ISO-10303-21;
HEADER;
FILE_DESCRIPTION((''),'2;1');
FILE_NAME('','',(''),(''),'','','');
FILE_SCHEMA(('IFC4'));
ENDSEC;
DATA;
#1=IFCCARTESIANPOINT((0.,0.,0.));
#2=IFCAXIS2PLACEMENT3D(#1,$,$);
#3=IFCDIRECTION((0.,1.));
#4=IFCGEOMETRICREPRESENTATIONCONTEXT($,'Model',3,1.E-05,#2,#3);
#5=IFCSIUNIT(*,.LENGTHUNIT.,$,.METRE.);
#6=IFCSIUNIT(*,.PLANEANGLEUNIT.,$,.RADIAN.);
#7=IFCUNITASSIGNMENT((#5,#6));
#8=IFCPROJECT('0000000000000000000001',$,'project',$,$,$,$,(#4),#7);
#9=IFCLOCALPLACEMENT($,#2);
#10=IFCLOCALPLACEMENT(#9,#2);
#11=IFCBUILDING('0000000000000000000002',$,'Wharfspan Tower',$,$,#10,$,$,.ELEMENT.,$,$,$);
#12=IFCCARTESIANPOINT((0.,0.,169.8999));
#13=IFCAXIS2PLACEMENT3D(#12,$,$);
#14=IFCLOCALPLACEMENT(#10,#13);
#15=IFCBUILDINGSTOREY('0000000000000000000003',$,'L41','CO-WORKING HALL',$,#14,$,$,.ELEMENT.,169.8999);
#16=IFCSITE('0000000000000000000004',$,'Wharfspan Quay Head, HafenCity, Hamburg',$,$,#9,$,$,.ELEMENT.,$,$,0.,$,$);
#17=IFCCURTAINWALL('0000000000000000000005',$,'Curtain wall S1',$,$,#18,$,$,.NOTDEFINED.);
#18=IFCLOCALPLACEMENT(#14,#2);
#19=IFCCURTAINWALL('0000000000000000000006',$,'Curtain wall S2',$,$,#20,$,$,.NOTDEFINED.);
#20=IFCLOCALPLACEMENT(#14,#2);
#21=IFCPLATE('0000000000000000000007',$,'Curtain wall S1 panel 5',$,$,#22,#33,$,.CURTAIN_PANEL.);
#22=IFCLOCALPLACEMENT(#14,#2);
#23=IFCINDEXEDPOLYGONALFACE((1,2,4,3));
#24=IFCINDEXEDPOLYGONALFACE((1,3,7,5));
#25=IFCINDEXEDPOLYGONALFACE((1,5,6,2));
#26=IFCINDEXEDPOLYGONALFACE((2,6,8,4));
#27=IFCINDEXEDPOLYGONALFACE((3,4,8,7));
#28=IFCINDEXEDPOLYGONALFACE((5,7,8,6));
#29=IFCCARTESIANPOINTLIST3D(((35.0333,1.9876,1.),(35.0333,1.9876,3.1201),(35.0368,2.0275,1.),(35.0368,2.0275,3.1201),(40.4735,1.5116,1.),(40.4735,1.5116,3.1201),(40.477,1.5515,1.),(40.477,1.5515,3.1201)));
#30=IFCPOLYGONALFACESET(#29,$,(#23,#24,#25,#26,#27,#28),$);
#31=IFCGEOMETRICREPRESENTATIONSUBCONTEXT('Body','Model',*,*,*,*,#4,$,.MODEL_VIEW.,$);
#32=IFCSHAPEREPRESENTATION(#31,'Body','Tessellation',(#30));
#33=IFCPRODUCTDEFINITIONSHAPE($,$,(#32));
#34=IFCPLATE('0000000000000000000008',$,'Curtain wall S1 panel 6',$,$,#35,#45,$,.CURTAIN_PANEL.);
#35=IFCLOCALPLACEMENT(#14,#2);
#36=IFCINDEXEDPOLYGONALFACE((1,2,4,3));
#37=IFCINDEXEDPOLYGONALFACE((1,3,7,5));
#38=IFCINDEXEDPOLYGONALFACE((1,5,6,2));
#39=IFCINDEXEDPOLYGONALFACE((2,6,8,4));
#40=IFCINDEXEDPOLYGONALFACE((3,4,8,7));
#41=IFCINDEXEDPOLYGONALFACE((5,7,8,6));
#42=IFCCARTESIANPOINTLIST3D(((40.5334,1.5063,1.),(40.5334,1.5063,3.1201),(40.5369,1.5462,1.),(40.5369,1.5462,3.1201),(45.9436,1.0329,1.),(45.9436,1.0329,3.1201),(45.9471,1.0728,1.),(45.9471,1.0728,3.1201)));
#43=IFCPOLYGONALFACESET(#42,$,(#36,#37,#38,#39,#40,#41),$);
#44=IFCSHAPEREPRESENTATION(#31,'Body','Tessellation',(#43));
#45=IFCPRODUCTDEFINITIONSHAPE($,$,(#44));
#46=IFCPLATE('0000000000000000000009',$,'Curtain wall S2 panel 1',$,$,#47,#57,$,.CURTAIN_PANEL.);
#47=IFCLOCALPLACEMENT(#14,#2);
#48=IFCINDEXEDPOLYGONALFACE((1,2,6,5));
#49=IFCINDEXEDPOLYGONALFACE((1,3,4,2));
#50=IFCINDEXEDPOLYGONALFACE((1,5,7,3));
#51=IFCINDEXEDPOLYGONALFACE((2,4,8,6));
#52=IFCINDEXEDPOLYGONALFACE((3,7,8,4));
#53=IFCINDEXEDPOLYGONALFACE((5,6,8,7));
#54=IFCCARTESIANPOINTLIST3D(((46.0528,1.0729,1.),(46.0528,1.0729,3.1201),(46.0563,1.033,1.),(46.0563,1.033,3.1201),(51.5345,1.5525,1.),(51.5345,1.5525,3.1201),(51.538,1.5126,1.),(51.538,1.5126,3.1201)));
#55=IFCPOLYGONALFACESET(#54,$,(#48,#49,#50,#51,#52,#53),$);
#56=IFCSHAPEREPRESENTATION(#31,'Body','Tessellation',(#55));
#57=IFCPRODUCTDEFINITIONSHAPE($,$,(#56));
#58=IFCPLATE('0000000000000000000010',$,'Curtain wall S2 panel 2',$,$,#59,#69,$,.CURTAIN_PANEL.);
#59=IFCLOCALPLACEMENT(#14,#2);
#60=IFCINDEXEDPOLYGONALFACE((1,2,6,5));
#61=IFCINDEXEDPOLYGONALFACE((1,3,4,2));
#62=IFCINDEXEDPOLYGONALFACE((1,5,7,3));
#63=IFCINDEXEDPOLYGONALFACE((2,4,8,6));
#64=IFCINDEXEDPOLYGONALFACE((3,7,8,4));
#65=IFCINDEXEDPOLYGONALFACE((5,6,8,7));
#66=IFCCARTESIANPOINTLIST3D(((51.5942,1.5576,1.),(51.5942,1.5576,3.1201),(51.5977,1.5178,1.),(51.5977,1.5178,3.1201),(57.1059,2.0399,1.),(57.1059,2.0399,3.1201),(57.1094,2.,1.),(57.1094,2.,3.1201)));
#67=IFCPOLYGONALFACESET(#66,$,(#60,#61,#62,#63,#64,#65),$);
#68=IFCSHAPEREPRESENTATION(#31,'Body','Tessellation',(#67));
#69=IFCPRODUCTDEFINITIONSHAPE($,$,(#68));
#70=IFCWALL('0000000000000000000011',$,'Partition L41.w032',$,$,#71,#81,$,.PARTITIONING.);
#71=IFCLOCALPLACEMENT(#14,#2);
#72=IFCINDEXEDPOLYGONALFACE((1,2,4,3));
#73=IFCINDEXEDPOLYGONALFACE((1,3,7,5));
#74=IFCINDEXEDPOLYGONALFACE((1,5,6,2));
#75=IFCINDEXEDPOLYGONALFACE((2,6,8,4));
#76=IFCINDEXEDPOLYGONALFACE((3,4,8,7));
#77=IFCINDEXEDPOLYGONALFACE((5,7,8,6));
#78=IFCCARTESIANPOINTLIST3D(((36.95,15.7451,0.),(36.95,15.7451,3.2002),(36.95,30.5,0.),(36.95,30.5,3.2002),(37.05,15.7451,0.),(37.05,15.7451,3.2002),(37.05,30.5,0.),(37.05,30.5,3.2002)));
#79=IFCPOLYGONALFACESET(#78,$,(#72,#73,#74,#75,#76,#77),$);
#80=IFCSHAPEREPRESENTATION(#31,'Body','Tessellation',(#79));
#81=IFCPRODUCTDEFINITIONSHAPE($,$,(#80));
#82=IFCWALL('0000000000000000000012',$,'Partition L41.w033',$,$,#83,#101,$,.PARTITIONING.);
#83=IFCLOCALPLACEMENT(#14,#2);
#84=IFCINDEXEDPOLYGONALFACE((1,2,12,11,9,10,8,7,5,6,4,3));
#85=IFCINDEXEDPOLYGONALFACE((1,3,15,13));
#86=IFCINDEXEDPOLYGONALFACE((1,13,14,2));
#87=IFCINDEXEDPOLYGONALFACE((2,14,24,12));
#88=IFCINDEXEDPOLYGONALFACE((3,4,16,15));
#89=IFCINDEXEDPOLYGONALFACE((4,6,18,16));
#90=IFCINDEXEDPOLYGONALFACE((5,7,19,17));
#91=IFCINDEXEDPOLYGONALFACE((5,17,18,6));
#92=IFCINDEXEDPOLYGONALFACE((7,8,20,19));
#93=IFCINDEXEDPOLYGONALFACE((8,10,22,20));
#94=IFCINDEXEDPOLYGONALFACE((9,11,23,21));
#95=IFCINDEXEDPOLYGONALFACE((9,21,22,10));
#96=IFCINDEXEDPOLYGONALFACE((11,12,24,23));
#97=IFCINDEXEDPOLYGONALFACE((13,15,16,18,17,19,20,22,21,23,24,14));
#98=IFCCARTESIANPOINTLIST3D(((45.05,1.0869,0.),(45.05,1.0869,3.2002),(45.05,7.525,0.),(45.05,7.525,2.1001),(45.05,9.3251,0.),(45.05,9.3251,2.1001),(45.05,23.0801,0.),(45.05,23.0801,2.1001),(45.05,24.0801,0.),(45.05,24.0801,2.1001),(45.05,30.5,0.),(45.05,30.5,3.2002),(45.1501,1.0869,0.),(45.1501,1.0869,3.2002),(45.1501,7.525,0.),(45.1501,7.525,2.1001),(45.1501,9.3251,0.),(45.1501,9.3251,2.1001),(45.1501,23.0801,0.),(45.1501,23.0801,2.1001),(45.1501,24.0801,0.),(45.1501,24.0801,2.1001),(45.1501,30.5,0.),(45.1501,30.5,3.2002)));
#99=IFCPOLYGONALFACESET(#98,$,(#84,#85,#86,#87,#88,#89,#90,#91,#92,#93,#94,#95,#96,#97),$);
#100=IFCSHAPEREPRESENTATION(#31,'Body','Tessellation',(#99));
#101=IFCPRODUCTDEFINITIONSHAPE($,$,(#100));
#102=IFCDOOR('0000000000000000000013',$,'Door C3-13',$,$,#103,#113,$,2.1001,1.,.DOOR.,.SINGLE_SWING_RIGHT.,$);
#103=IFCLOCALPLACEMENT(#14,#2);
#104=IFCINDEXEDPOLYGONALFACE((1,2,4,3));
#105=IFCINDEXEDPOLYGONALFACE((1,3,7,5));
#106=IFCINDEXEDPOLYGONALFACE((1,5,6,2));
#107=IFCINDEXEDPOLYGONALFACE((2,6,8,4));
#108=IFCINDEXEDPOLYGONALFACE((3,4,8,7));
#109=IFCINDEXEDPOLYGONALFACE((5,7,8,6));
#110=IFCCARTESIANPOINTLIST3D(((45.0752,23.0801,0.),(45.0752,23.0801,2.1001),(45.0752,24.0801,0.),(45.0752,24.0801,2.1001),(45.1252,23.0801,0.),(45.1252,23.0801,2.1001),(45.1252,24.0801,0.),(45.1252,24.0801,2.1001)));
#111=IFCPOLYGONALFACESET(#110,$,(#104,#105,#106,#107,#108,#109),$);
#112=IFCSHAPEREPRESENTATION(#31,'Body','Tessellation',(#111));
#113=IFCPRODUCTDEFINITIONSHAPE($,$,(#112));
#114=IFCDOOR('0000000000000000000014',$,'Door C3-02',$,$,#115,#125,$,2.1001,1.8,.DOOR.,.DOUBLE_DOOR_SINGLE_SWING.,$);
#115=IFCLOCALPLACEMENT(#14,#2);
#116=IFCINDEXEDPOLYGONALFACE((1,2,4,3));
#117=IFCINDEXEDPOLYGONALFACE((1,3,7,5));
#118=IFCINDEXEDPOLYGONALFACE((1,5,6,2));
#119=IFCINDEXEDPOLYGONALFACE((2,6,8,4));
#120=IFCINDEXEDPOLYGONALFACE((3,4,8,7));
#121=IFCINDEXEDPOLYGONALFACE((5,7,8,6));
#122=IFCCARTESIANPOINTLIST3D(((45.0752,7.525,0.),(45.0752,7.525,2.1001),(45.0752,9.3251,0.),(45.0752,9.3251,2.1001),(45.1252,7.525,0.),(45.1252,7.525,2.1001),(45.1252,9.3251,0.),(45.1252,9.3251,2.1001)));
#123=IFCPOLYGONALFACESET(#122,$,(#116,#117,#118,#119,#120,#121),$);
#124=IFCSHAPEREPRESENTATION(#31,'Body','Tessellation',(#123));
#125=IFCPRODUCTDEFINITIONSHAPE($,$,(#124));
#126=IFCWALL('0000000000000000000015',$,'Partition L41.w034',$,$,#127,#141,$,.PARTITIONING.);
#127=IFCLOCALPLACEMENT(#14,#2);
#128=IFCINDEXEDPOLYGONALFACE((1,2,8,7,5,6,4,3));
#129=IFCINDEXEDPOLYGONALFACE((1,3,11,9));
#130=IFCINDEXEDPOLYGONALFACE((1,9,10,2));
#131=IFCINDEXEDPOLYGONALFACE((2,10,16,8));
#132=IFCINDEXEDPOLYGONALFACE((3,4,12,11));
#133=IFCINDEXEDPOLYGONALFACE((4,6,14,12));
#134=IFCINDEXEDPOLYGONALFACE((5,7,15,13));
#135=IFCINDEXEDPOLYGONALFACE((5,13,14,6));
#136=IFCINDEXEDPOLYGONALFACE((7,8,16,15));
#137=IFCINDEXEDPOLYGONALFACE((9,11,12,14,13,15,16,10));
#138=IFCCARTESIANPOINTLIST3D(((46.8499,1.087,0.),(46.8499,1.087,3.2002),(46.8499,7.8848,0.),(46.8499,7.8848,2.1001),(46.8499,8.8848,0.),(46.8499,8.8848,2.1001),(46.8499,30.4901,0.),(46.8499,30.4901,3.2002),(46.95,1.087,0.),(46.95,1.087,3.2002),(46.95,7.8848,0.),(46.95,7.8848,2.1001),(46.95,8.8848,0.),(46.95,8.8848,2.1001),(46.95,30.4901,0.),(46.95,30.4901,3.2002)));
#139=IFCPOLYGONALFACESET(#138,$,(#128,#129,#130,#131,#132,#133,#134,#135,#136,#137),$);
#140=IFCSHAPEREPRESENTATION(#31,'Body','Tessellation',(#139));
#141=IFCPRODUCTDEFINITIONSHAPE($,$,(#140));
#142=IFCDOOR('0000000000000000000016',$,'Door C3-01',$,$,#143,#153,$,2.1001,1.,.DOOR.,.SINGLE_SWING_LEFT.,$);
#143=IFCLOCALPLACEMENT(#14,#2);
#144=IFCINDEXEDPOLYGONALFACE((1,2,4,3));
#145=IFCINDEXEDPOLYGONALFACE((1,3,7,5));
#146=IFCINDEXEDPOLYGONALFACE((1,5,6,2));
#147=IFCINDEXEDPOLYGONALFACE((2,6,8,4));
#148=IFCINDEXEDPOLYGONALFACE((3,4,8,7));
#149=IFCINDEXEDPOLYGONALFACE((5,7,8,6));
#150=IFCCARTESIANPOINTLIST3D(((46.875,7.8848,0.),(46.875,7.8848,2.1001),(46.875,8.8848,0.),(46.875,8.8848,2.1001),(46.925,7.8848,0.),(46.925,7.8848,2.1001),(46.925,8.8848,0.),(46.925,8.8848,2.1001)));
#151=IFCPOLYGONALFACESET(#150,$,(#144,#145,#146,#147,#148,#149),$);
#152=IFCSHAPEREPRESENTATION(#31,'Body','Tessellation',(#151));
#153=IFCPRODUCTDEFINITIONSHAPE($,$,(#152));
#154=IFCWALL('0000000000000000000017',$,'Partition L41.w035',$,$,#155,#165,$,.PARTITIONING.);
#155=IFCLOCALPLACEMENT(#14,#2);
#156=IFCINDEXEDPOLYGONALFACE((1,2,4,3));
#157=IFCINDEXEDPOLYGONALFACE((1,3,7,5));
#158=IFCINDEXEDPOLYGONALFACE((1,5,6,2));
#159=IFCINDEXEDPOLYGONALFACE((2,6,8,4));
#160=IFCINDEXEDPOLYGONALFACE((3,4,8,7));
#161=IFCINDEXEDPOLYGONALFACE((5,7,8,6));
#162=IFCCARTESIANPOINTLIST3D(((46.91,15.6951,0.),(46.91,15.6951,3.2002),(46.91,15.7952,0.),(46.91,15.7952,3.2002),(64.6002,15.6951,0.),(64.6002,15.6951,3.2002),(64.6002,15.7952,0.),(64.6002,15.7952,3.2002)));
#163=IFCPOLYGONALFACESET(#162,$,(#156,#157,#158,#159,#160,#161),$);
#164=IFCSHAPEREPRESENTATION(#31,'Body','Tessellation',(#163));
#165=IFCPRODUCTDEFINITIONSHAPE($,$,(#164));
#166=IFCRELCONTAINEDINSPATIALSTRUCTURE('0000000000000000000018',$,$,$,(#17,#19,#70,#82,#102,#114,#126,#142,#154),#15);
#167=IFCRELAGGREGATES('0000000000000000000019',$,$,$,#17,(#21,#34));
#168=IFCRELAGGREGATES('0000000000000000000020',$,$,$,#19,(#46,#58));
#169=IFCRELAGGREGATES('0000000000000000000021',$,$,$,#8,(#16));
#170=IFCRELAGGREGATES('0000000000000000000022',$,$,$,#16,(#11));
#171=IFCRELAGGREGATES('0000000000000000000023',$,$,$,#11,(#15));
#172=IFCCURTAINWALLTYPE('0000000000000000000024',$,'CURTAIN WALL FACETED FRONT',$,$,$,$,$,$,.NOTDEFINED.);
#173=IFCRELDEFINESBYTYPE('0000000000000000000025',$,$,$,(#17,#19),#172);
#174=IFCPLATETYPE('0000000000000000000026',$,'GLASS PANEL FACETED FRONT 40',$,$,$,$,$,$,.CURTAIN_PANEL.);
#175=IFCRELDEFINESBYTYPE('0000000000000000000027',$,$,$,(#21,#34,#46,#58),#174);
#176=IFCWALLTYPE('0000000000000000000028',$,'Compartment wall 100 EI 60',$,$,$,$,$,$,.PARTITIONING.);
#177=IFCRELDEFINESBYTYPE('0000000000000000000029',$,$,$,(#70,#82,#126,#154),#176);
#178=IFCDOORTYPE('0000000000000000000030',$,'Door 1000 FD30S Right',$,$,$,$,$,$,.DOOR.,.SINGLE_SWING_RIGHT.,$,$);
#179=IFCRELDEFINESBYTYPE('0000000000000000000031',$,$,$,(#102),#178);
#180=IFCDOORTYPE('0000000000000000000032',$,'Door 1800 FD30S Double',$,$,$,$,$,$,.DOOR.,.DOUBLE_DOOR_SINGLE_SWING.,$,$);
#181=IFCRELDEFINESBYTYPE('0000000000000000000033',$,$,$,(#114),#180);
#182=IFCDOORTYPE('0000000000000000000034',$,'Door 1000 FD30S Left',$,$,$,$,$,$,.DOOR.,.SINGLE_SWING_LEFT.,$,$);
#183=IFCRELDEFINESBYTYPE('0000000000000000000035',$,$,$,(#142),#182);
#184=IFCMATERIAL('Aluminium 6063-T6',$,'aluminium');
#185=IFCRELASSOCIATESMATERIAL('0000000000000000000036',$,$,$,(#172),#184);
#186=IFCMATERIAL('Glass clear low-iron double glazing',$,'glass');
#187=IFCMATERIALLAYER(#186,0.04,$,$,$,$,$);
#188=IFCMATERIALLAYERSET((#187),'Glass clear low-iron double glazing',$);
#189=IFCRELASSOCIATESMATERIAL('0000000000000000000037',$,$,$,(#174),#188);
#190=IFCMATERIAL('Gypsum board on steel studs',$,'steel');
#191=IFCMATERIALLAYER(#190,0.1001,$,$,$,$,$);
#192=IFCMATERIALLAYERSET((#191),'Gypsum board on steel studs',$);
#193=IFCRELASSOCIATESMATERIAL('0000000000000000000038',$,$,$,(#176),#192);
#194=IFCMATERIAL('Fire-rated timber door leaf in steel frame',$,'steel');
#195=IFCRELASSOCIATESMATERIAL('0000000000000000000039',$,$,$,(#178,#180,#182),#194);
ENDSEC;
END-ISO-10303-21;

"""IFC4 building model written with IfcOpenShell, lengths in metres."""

from ifc_helpers import new_model, si_unit, direction, frame, frame_2d, origin, origin_2d, place, context, subcontext, project, spatial, rectangle, extrude, material, layer, layer_set, type_object, element, fill, aggregate, save


model = new_model("IFC4")

# Units and contexts
model_context = context("Model", 3, precision=1e-05, world=origin(), true_north=direction((0.0, 1.0)))
body_context = subcontext(model_context, "Body", "Model", "MODEL_VIEW")
ifc_project = project(units=[si_unit("LENGTHUNIT", "METRE"), si_unit("PLANEANGLEUNIT", "RADIAN")], contexts=[model_context])

# Site, building, storey
site_placement = place(None, origin())
site = spatial("IfcSite", under=ifc_project, at=site_placement, Name="Wharfspan Quay Head, HafenCity, Hamburg", CompositionType="ELEMENT", RefElevation=0.0)
building_placement = place(site_placement, origin())
building = spatial("IfcBuilding", under=site, at=building_placement, Name="Wharfspan Tower", CompositionType="ELEMENT")
storey_placement = place(building_placement, frame((0.0, 0.0, 169.8999)))
storey = spatial("IfcBuildingStorey", under=building, at=storey_placement, Name="L41", Description="CO-WORKING HALL", CompositionType="ELEMENT", Elevation=169.8999)

# Curtain walls
ifc_material_1 = material(Name="Aluminium 6063-T6", Category="aluminium")
curtain_wall_type = type_object("IfcCurtainWallType", Name="CURTAIN WALL FACETED FRONT", PredefinedType="NOTDEFINED", material=ifc_material_1)
curtain_wall_1_placement = place(storey_placement, origin())
curtain_wall_1 = element("IfcCurtainWall", 1, at=curtain_wall_1_placement, inside=storey, type_object=curtain_wall_type, Name="Curtain wall S1", PredefinedType="NOTDEFINED")
curtain_wall_2_placement = place(storey_placement, origin())
curtain_wall_2 = element("IfcCurtainWall", 2, at=curtain_wall_2_placement, inside=storey, type_object=curtain_wall_type, Name="Curtain wall S2", PredefinedType="NOTDEFINED")

# Plates
ifc_material_2 = material(Name="Glass clear low-iron double glazing", Category="glass")
ifc_layer_1 = layer(ifc_material_2, 0.04)
ifc_layer_set_1 = layer_set([ifc_layer_1], Name="Glass clear low-iron double glazing")
plate_type = type_object("IfcPlateType", Name="GLASS PANEL FACETED FRONT 40", PredefinedType="CURTAIN_PANEL", material=ifc_layer_set_1)
plate_1_placement = place(storey_placement, frame((37.7551, 1.7695, 1.0), z_axis=(0.0, 0.0, 1.0), x_axis=(0.996198, -0.087156, 0.0)))
plate_1 = element("IfcPlate", 3, at=plate_1_placement, type_object=plate_type, Name="Curtain wall S1 panel 5", PredefinedType="CURTAIN_PANEL", context=body_context, shape_type="SweptSolid", body=[
    extrude(rectangle(XDim=5.4609, YDim=0.04, at=origin_2d()), origin(), (0.0, 0.0, 1.0), 2.1201),
])
plate_2_placement = place(storey_placement, frame((43.2402, 1.2896, 1.0), z_axis=(0.0, 0.0, 1.0), x_axis=(0.996198, -0.087156, 0.0)))
plate_2 = element("IfcPlate", 4, at=plate_2_placement, type_object=plate_type, Name="Curtain wall S1 panel 6", PredefinedType="CURTAIN_PANEL", context=body_context, shape_type="SweptSolid", body=[
    extrude(rectangle(XDim=5.4309, YDim=0.04, at=origin_2d()), origin(), (0.0, 0.0, 1.0), 2.1201),
])
aggregate(curtain_wall_1, [plate_1, plate_2])
plate_3_placement = place(storey_placement, frame((48.7954, 1.2927, 1.0), z_axis=(0.0, 0.0, 1.0), x_axis=(0.996198, 0.087156, 0.0)))
plate_3 = element("IfcPlate", 5, at=plate_3_placement, type_object=plate_type, Name="Curtain wall S2 panel 1", PredefinedType="CURTAIN_PANEL", context=body_context, shape_type="SweptSolid", body=[
    extrude(rectangle(XDim=5.5027, YDim=0.04, at=origin_2d()), origin(), (0.0, 0.0, 1.0), 2.1201),
])
plate_4_placement = place(storey_placement, frame((54.3518, 1.7788, 1.0), z_axis=(0.0, 0.0, 1.0), x_axis=(0.996198, 0.087156, 0.0)))
plate_4 = element("IfcPlate", 6, at=plate_4_placement, type_object=plate_type, Name="Curtain wall S2 panel 2", PredefinedType="CURTAIN_PANEL", context=body_context, shape_type="SweptSolid", body=[
    extrude(rectangle(XDim=5.5327, YDim=0.04, at=origin_2d()), origin(), (0.0, 0.0, 1.0), 2.1201),
])
aggregate(curtain_wall_2, [plate_3, plate_4])

# Wall
ifc_material_3 = material(Name="Gypsum board on steel studs", Category="steel")
ifc_layer_2 = layer(ifc_material_3, 0.1001)
ifc_layer_set_2 = layer_set([ifc_layer_2], Name="Gypsum board on steel studs")
wall_type_1 = type_object("IfcWallType", Name="Compartment wall 100 EI 60", PredefinedType="PARTITIONING", material=ifc_layer_set_2)
wall_1_placement = place(storey_placement, frame((37.0, 15.7451, 0.0), z_axis=(0.0, 0.0, 1.0), x_axis=(0.0, 1.0, 0.0)))
element("IfcWall", 7, at=wall_1_placement, inside=storey, type_object=wall_type_1, Name="Partition L41.w032", PredefinedType="PARTITIONING", context=body_context, shape_type="SweptSolid", body=[
    extrude(rectangle(XDim=14.7549, YDim=0.1001, at=frame_2d((7.3774, 0.0))), origin(), (0.0, 0.0, 1.0), 3.2002),
])

# Wall, openings, doors
wall_2_placement = place(storey_placement, frame((45.1001, 1.0869, 0.0), z_axis=(0.0, 0.0, 1.0), x_axis=(0.0, 1.0, 0.0)))
wall_2 = element("IfcWall", 8, at=wall_2_placement, inside=storey, type_object=wall_type_1, Name="Partition L41.w033", PredefinedType="PARTITIONING", context=body_context, shape_type="SweptSolid", body=[
    extrude(rectangle(XDim=29.4131, YDim=0.1001, at=frame_2d((14.7065, 0.0))), origin(), (0.0, 0.0, 1.0), 3.2002),
])
opening_1_placement = place(wall_2_placement, frame((6.4382, 0.0, 0.0)))
opening_1 = element("IfcOpeningElement", 9, at=opening_1_placement, cuts=wall_2, PredefinedType="OPENING", context=body_context, shape_type="SweptSolid", body=[
    extrude(rectangle(XDim=1.8, YDim=2.1001, at=frame_2d((0.8999, 1.05))), frame((0.0, 0.0601, 0.0), z_axis=(0.0, -1.0, 0.0), x_axis=(1.0, 0.0, 0.0)), (0.0, 0.0, 1.0), 0.1201),
])
opening_2_placement = place(wall_2_placement, frame((21.9932, 0.0, 0.0)))
opening_2 = element("IfcOpeningElement", 10, at=opening_2_placement, cuts=wall_2, PredefinedType="OPENING", context=body_context, shape_type="SweptSolid", body=[
    extrude(rectangle(XDim=1.0, YDim=2.1001, at=frame_2d((0.5, 1.05))), frame((0.0, 0.0601, 0.0), z_axis=(0.0, -1.0, 0.0), x_axis=(1.0, 0.0, 0.0)), (0.0, 0.0, 1.0), 0.1201),
])
ifc_material_4 = material(Name="Fire-rated timber door leaf in steel frame", Category="steel")
door_type_1 = type_object("IfcDoorType", Name="Door 1000 FD30S Right", OperationType="SINGLE_SWING_RIGHT", PredefinedType="DOOR", material=ifc_material_4)
door_1_placement = place(opening_2_placement, origin())
door_1 = element("IfcDoor", 11, at=door_1_placement, inside=storey, type_object=door_type_1, Name="Door C3-13", OperationType="SINGLE_SWING_RIGHT", OverallHeight=2.1001, OverallWidth=1.0, PredefinedType="DOOR", context=body_context, shape_type="SweptSolid", body=[
    extrude(rectangle(XDim=1.0, YDim=2.1001, at=frame_2d((0.5, 1.05))), frame((0.0, 0.0249, 0.0), z_axis=(0.0, -1.0, 0.0), x_axis=(1.0, 0.0, 0.0)), (0.0, 0.0, 1.0), 0.05),
])
fill(opening_2, door_1)
door_type_2 = type_object("IfcDoorType", Name="Door 1800 FD30S Double", OperationType="DOUBLE_DOOR_SINGLE_SWING", PredefinedType="DOOR", material=ifc_material_4)
door_2_placement = place(opening_1_placement, origin())
door_2 = element("IfcDoor", 12, at=door_2_placement, inside=storey, type_object=door_type_2, Name="Door C3-02", OperationType="DOUBLE_DOOR_SINGLE_SWING", OverallHeight=2.1001, OverallWidth=1.8, PredefinedType="DOOR", context=body_context, shape_type="SweptSolid", body=[
    extrude(rectangle(XDim=1.8, YDim=2.1001, at=frame_2d((0.8999, 1.05))), frame((0.0, 0.0249, 0.0), z_axis=(0.0, -1.0, 0.0), x_axis=(1.0, 0.0, 0.0)), (0.0, 0.0, 1.0), 0.05),
])
fill(opening_1, door_2)

# Wall, opening, door
wall_3_placement = place(storey_placement, frame((46.8999, 1.0869, 0.0), z_axis=(0.0, 0.0, 1.0), x_axis=(0.0, 1.0, 0.0)))
wall_3 = element("IfcWall", 13, at=wall_3_placement, inside=storey, type_object=wall_type_1, Name="Partition L41.w034", PredefinedType="PARTITIONING", context=body_context, shape_type="SweptSolid", body=[
    extrude(rectangle(XDim=29.4031, YDim=0.1001, at=frame_2d((14.7017, 0.0))), origin(), (0.0, 0.0, 1.0), 3.2002),
])
opening_3_placement = place(wall_3_placement, frame((6.7979, 0.0, 0.0)))
opening_3 = element("IfcOpeningElement", 14, at=opening_3_placement, cuts=wall_3, PredefinedType="OPENING", context=body_context, shape_type="SweptSolid", body=[
    extrude(rectangle(XDim=1.0, YDim=2.1001, at=frame_2d((0.5, 1.05))), frame((0.0, 0.0601, 0.0), z_axis=(0.0, -1.0, 0.0), x_axis=(1.0, 0.0, 0.0)), (0.0, 0.0, 1.0), 0.1201),
])
door_type_3 = type_object("IfcDoorType", Name="Door 1000 FD30S Left", OperationType="SINGLE_SWING_LEFT", PredefinedType="DOOR", material=ifc_material_4)
door_3_placement = place(opening_3_placement, origin())
door_3 = element("IfcDoor", 15, at=door_3_placement, inside=storey, type_object=door_type_3, Name="Door C3-01", OperationType="SINGLE_SWING_LEFT", OverallHeight=2.1001, OverallWidth=1.0, PredefinedType="DOOR", context=body_context, shape_type="SweptSolid", body=[
    extrude(rectangle(XDim=1.0, YDim=2.1001, at=frame_2d((0.5, 1.05))), frame((0.0, 0.0249, 0.0), z_axis=(0.0, -1.0, 0.0), x_axis=(1.0, 0.0, 0.0)), (0.0, 0.0, 1.0), 0.05),
])
fill(opening_3, door_3)

# Wall
wall_4_placement = place(storey_placement, frame((46.9099, 15.7451, 0.0), z_axis=(0.0, 0.0, 1.0), x_axis=(1.0, 0.0, 0.0)))
element("IfcWall", 16, at=wall_4_placement, inside=storey, type_object=wall_type_1, Name="Partition L41.w035", PredefinedType="PARTITIONING", context=body_context, shape_type="SweptSolid", body=[
    extrude(rectangle(XDim=17.6902, YDim=0.1001, at=frame_2d((8.8452, 0.0))), origin(), (0.0, 0.0, 1.0), 3.2002),
])

save(model, "model.ifc")
